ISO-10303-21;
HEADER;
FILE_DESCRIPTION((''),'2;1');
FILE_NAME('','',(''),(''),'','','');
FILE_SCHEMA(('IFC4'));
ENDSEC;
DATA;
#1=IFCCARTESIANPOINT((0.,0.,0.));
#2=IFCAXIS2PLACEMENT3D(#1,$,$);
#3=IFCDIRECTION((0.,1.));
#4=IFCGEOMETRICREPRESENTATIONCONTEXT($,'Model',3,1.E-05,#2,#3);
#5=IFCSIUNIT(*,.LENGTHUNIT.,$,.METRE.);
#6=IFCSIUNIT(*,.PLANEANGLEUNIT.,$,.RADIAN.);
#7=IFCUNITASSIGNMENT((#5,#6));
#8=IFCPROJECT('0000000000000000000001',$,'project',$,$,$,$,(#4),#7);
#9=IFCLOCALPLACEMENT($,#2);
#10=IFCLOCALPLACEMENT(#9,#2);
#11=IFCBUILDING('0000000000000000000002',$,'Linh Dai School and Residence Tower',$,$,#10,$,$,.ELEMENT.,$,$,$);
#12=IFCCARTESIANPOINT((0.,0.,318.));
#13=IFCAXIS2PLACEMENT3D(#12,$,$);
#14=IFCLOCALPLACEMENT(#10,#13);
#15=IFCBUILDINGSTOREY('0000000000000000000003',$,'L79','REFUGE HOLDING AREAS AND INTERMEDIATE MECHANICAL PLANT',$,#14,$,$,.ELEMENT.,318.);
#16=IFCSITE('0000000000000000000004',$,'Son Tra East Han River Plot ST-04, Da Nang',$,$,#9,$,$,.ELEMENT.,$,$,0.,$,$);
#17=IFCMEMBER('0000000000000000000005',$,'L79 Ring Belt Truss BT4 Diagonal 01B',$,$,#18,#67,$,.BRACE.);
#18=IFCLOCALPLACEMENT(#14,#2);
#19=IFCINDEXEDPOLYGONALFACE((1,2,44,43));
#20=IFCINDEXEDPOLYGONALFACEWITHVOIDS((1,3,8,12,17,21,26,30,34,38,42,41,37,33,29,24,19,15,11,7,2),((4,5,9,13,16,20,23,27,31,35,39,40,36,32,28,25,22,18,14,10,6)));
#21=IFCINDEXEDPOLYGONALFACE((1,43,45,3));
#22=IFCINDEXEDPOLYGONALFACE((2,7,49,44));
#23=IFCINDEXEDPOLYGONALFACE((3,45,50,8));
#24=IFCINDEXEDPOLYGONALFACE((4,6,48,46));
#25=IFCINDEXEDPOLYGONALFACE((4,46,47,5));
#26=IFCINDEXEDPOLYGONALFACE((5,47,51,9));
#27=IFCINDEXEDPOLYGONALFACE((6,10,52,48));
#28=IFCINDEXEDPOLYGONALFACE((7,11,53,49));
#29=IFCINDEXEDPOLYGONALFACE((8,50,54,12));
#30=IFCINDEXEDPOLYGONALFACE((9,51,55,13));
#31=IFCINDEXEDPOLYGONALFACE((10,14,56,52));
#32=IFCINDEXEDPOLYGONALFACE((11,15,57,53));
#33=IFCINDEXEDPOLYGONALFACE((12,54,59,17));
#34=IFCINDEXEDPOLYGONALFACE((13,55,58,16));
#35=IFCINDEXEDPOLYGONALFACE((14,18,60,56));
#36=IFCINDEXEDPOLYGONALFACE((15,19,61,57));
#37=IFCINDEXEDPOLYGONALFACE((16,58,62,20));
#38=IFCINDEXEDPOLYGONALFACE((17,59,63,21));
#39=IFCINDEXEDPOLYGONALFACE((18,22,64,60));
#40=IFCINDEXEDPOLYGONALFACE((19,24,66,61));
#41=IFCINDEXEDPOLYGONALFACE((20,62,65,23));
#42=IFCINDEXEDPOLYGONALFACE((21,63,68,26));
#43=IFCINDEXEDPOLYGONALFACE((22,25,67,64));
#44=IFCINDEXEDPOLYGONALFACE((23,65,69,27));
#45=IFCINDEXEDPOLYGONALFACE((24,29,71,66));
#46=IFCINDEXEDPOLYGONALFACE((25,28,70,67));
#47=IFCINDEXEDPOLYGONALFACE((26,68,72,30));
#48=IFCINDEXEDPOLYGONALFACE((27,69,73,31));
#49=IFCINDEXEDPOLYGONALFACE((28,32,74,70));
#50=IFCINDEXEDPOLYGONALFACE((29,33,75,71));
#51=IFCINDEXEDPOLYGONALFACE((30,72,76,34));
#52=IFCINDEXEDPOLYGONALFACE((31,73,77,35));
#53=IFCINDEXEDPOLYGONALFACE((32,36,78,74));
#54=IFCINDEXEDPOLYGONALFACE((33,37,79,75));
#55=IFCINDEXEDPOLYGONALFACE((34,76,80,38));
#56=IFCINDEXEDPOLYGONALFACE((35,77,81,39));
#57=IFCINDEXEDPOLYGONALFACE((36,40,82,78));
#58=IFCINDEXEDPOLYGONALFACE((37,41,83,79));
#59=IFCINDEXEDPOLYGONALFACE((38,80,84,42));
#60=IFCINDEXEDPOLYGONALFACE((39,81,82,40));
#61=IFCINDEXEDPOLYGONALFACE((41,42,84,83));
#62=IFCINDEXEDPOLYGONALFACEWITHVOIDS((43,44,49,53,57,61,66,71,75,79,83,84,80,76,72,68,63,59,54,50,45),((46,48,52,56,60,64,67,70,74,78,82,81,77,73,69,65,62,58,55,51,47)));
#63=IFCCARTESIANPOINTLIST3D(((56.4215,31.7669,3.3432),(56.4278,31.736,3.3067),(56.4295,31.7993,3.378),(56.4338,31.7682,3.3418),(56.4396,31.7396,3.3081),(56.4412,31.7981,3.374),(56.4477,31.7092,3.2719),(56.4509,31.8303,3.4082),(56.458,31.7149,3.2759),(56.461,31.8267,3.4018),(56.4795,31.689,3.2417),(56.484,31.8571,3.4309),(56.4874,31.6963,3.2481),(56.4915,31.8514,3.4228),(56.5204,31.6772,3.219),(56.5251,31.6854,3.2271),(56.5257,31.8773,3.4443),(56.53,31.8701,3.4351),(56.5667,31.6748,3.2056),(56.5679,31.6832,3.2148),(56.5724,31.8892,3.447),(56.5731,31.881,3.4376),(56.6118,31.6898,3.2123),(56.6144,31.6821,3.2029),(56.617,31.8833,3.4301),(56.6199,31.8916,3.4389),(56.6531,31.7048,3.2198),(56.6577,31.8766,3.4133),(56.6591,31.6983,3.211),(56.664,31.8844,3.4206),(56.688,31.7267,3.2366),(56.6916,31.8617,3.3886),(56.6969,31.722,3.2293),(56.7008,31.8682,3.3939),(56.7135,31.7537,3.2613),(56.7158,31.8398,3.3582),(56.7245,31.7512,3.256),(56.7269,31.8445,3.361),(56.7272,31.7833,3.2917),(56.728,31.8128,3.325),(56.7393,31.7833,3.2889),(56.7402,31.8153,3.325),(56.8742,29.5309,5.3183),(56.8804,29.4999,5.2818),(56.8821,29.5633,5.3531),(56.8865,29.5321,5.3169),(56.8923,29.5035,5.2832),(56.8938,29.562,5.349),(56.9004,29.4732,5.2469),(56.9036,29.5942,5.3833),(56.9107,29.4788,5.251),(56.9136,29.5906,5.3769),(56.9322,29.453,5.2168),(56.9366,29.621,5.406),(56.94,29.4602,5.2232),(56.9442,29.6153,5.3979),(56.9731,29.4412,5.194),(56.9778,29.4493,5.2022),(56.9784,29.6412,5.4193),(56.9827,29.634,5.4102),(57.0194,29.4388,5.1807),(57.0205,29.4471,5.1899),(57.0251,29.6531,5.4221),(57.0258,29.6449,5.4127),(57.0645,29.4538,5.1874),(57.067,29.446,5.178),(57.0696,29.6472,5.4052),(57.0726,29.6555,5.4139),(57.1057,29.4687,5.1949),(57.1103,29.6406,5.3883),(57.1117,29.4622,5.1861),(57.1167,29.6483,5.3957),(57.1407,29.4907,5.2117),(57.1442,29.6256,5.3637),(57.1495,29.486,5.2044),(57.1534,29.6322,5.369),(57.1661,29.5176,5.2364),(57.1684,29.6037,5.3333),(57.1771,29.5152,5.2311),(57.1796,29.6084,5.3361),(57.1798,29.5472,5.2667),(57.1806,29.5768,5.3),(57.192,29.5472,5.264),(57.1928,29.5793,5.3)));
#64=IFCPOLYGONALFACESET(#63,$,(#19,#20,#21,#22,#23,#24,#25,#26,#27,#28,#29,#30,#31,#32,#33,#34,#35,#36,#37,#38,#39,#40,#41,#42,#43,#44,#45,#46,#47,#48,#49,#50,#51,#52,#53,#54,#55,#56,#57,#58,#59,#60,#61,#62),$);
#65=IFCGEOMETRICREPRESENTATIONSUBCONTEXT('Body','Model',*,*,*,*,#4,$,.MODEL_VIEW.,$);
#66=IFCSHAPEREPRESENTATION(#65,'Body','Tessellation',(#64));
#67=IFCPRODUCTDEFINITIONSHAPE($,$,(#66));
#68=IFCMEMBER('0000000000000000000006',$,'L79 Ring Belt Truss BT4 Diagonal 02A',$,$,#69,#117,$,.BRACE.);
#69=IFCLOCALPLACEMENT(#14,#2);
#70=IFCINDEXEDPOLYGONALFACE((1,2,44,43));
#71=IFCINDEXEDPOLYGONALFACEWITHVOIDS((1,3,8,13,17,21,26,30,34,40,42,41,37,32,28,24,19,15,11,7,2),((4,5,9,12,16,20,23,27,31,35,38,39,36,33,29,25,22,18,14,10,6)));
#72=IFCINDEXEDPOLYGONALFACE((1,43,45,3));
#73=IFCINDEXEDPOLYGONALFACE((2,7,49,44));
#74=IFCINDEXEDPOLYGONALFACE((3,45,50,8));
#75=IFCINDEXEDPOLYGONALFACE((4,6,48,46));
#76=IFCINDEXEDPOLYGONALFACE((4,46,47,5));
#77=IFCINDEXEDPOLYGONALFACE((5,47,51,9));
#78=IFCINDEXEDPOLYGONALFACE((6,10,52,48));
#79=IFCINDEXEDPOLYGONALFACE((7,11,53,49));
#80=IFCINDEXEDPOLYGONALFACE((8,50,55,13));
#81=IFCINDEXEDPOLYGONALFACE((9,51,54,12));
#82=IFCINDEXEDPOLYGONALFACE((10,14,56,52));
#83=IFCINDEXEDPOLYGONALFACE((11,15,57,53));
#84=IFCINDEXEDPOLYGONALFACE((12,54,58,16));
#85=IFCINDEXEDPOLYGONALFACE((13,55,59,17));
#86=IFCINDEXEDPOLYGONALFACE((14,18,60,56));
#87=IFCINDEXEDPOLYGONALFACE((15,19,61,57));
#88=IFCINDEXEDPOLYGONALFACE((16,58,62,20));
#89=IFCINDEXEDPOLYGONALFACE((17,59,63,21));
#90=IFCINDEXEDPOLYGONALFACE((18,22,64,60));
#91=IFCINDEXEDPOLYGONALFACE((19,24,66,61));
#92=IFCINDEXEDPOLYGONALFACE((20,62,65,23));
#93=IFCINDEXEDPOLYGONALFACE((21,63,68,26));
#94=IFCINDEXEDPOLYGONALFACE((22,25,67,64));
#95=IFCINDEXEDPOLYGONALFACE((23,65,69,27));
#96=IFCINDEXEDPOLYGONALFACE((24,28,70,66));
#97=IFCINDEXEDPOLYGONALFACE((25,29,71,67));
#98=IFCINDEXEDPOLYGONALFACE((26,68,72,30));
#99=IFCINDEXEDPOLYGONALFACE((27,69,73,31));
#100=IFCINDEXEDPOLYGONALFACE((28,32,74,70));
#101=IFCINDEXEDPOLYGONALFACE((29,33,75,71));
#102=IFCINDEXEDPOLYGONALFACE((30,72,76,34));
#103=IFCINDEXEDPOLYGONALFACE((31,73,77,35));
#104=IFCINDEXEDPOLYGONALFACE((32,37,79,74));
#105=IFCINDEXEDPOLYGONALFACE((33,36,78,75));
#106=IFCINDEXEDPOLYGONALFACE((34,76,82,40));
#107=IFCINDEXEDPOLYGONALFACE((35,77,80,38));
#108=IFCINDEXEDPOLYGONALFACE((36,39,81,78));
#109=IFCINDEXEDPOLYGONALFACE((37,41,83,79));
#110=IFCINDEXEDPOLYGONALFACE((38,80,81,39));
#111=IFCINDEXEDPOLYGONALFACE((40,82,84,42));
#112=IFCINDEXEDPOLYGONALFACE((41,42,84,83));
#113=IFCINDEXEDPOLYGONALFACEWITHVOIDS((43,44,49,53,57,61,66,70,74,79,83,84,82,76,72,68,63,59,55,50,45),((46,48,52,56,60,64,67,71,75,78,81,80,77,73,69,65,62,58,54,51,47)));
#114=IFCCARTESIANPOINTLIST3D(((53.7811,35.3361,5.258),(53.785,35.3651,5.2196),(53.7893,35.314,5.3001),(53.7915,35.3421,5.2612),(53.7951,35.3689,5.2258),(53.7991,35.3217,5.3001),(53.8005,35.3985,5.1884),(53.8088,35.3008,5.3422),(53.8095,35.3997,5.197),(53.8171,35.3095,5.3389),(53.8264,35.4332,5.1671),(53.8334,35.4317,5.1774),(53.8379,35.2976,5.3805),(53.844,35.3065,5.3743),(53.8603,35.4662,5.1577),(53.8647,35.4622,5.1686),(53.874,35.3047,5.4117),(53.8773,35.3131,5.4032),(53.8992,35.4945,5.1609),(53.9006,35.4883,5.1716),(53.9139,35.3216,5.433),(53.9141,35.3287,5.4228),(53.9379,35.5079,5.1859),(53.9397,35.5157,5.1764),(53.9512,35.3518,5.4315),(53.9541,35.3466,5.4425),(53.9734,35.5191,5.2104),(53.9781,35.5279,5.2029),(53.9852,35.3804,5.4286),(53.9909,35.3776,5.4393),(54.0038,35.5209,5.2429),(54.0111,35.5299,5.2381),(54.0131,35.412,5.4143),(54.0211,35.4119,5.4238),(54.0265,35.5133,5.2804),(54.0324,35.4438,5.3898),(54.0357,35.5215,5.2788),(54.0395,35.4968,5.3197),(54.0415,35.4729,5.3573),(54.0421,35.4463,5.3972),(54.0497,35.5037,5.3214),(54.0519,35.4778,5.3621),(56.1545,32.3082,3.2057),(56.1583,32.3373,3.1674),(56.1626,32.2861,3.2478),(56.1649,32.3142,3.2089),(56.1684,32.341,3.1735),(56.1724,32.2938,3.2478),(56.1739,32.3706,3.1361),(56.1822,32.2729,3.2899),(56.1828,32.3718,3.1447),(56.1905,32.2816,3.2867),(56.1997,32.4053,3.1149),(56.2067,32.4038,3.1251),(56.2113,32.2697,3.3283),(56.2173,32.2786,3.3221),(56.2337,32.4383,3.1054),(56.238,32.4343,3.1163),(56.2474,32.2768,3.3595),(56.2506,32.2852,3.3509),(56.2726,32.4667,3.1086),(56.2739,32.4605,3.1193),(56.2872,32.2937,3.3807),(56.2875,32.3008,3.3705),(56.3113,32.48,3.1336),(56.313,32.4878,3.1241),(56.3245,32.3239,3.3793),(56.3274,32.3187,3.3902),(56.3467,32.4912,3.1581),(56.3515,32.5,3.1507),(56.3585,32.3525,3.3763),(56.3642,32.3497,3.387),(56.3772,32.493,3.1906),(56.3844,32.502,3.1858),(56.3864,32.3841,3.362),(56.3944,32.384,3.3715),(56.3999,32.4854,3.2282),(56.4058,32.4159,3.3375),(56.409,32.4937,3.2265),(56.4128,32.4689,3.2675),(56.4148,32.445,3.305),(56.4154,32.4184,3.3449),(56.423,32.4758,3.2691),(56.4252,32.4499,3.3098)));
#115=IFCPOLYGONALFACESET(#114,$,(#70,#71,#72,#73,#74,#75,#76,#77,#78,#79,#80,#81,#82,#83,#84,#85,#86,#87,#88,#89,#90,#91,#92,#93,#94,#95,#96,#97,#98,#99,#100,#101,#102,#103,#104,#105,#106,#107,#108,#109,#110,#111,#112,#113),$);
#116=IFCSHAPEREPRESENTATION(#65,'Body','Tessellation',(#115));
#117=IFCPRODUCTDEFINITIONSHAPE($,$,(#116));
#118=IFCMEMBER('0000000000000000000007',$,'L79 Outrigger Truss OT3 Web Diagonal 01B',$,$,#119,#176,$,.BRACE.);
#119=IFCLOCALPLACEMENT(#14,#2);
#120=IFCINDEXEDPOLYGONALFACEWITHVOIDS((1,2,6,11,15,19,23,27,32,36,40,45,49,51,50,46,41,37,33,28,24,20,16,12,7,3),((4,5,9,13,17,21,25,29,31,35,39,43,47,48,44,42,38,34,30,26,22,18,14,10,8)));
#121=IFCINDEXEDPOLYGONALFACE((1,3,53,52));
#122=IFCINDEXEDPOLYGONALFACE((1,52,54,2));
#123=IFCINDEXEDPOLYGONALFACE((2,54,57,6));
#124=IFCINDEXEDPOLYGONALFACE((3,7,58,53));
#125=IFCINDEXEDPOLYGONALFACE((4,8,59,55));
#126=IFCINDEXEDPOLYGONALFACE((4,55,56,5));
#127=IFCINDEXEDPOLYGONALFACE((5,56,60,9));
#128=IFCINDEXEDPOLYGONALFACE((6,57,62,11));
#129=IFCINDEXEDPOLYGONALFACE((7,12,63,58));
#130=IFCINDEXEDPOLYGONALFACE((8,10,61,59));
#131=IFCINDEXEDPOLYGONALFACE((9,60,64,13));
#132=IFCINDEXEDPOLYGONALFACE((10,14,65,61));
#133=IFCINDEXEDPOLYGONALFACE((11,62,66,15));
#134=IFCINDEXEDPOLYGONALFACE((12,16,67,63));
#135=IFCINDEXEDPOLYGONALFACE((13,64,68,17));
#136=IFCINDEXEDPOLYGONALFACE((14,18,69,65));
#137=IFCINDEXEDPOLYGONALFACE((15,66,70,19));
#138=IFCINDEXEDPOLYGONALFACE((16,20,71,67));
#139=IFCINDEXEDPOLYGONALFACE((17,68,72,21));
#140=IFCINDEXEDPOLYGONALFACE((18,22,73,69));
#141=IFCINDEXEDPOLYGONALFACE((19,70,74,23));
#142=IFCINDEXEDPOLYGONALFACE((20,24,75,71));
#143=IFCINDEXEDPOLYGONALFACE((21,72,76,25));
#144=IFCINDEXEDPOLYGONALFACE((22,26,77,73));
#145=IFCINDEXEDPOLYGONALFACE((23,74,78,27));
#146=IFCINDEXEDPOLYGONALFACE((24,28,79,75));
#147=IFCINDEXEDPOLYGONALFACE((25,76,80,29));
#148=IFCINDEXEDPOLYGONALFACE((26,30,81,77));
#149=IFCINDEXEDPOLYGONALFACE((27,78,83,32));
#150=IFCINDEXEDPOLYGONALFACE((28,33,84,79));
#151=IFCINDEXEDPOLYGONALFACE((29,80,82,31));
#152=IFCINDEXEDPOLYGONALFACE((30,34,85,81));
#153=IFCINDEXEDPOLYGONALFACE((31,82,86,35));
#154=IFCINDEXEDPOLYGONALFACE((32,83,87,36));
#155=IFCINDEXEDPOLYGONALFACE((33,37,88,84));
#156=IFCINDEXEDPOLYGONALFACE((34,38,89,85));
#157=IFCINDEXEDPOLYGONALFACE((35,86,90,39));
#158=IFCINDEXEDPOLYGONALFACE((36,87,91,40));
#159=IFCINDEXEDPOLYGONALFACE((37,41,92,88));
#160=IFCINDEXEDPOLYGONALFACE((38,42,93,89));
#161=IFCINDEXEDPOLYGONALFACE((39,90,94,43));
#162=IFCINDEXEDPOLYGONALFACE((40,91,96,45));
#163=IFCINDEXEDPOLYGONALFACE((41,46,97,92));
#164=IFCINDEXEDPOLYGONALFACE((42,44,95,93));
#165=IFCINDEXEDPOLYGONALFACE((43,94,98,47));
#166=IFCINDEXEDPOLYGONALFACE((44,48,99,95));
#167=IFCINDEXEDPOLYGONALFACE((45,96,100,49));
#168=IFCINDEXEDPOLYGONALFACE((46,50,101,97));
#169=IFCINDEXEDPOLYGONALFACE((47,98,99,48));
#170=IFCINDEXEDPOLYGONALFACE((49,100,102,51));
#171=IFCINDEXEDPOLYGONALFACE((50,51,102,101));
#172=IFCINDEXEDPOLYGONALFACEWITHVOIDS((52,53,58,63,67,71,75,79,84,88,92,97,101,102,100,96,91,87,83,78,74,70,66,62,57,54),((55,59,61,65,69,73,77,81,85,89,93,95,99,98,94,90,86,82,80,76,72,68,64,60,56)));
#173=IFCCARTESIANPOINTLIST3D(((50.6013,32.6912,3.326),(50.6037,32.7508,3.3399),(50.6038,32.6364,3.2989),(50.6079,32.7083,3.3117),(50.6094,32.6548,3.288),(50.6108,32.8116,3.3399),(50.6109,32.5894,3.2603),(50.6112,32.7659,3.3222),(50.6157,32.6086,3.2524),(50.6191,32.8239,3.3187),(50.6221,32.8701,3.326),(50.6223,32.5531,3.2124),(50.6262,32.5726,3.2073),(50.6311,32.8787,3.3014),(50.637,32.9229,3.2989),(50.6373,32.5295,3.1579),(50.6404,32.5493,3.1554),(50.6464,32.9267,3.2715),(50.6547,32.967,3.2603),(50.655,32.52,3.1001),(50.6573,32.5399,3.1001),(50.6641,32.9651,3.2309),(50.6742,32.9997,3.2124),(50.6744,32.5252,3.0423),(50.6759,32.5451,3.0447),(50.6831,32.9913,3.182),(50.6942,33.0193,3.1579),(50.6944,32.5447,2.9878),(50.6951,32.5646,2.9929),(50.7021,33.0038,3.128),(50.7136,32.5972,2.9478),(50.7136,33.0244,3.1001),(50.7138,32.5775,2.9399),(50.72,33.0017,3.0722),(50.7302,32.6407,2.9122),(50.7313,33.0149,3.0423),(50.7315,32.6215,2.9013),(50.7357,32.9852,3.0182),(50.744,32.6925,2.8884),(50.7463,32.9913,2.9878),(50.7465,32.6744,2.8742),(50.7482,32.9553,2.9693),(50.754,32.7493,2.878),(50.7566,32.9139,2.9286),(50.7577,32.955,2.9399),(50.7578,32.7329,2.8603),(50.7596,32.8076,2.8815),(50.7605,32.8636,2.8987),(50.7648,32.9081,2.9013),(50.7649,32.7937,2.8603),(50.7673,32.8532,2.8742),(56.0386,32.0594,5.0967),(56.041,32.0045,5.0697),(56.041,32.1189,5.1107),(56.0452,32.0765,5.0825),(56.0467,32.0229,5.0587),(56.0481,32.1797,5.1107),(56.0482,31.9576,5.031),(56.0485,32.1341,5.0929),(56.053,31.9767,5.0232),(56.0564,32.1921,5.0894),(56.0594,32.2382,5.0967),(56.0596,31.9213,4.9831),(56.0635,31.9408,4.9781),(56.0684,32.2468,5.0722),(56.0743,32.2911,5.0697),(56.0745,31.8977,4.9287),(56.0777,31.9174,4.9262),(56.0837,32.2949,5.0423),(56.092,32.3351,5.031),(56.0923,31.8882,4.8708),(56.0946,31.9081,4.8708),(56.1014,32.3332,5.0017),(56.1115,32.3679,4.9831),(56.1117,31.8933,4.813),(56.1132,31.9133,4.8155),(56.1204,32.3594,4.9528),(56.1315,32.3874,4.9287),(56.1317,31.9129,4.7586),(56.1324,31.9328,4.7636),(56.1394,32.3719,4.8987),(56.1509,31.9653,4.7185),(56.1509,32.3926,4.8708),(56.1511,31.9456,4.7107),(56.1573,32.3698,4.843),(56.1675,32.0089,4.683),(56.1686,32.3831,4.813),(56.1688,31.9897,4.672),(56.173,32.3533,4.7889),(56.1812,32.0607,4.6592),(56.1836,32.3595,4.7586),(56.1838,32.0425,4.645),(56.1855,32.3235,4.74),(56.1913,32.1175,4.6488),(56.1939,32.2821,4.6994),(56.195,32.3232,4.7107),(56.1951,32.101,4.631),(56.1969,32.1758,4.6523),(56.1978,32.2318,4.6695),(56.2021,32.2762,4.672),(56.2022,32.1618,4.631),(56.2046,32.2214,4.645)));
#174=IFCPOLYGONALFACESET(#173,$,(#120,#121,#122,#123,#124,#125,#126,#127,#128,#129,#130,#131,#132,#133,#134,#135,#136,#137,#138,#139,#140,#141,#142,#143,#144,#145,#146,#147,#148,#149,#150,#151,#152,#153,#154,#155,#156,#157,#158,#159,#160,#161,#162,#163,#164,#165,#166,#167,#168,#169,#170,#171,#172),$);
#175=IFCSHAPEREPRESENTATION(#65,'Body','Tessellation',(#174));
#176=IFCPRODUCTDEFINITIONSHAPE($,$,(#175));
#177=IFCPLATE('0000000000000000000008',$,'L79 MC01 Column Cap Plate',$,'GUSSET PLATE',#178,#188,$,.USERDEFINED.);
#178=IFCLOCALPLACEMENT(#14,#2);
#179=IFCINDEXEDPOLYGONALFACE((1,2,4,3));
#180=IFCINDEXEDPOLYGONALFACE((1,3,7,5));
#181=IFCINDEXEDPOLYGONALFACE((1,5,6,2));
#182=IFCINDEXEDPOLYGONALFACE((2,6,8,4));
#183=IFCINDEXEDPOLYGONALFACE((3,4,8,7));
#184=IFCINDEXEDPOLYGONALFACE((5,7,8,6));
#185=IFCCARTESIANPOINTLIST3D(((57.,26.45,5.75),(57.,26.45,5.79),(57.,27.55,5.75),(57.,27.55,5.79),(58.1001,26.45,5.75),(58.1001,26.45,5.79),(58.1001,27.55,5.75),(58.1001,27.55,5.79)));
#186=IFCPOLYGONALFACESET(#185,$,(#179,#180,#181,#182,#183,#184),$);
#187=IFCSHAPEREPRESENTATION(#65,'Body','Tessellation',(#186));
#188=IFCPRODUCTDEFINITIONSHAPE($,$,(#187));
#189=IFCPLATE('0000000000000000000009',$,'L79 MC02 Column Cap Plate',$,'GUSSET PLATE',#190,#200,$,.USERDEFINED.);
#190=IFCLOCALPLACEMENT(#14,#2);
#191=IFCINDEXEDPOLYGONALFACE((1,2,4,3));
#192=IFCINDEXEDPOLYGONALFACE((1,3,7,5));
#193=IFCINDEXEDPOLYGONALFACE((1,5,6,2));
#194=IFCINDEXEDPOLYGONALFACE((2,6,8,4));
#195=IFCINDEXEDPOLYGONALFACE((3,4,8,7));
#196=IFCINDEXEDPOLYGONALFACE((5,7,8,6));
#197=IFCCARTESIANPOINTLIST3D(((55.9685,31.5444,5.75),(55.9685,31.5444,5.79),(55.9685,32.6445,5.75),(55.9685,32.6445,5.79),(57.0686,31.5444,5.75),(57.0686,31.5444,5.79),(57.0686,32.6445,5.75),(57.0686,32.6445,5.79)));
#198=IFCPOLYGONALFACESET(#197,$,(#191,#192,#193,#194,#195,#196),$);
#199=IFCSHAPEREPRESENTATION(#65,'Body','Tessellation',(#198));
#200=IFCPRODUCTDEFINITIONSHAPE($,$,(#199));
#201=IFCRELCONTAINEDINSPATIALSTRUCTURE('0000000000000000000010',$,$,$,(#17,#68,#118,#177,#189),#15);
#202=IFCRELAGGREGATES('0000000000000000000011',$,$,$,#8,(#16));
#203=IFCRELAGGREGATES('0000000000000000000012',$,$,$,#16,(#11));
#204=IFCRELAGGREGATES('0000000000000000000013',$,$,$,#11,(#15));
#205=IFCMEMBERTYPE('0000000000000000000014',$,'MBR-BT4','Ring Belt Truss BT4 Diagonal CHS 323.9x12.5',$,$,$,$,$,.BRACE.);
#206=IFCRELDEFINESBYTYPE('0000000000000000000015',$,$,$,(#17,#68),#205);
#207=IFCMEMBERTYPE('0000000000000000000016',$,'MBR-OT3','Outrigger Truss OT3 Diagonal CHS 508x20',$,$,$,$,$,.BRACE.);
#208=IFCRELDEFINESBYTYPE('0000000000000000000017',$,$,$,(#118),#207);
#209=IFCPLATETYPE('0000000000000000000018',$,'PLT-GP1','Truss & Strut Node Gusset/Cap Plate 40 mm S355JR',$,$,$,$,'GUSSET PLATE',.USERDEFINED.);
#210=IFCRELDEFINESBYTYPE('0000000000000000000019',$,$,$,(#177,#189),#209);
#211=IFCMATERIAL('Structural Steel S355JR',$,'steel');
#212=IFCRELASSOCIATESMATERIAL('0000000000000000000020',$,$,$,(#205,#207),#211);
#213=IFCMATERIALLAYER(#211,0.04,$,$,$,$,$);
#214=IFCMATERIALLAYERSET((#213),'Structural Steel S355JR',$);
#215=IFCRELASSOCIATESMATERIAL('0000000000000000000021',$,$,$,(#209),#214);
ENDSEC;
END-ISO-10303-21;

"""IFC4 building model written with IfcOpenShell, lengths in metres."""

from ifc_helpers import new_model, si_unit, direction, frame, origin, origin_2d, place, context, subcontext, project, spatial, rectangle, hollow_circle, extrude, source, transform, mapped, material, layer, layer_set, material_profile, profile_set, type_object, element, save


model = new_model("IFC4")

# Units and contexts
model_context = context("Model", 3, precision=1e-05, world=origin(), true_north=direction((0.0, 1.0)))
body_context = subcontext(model_context, "Body", "Model", "MODEL_VIEW")
ifc_project = project(units=[si_unit("LENGTHUNIT", "METRE"), si_unit("PLANEANGLEUNIT", "RADIAN")], contexts=[model_context])

# Site, building, storey
site_placement = place(None, origin())
site = spatial("IfcSite", under=ifc_project, at=site_placement, Name="Son Tra East Han River Plot ST-04, Da Nang", CompositionType="ELEMENT", RefElevation=0.0)
building_placement = place(site_placement, origin())
building = spatial("IfcBuilding", under=site, at=building_placement, Name="Linh Dai School and Residence Tower", CompositionType="ELEMENT")
storey_placement = place(building_placement, frame((0.0, 0.0, 318.0)))
storey = spatial("IfcBuildingStorey", under=building, at=storey_placement, Name="L79", Description="REFUGE HOLDING AREAS AND INTERMEDIATE MECHANICAL PLANT", CompositionType="ELEMENT", Elevation=318.0)

# Shared definitions
ifc_material_1 = material(Name="Structural Steel S355JR", Category="steel")

# Members
ifc_material_profile_1 = material_profile(ifc_material_1, hollow_circle(Radius=0.1619, WallThickness=0.0125, at=origin_2d()), Name="CHS 323.9x12.5")
ifc_profile_set_1 = profile_set([ifc_material_profile_1], Name="Structural Steel S355JR")
member_type_1 = type_object("IfcMemberType", Name="MBR-BT4", Description="Ring Belt Truss BT4 Diagonal CHS 323.9x12.5", PredefinedType="BRACE", material=ifc_profile_set_1)
for number, where, z_axis, x_axis, name in (
    (1, (56.5815, 31.7832, 3.325), (0.149998, -0.741012, 0.654524), (0.980121, 0.1984, 0.0), "L79 Ring Belt Truss BT4 Diagonal 01B"),
):
    element("IfcMember", number, at=place(storey_placement, frame(where, z_axis=z_axis, x_axis=x_axis)), inside=storey, type_object=member_type_1, Name=name, PredefinedType="BRACE", context=body_context, shape_type="SweptSolid", body=[
        extrude(hollow_circle(Radius=0.1619, WallThickness=0.0125, at=origin_2d()), origin(), (0.0, 0.0, 1.0), 3.0176),
    ])
member_1_placement = place(storey_placement, frame((56.29, 32.386, 3.2478), z_axis=(-0.544299, 0.694413, 0.470669), x_axis=(-0.78704, -0.616902, 0.0)))
element("IfcMember", 2, at=member_1_placement, inside=storey, type_object=member_type_1, Name="L79 Ring Belt Truss BT4 Diagonal 02A", PredefinedType="BRACE", context=body_context, shape_type="SweptSolid", body=[
    extrude(hollow_circle(Radius=0.1619, WallThickness=0.0125, at=origin_2d()), origin(), (0.0, 0.0, 1.0), 4.3604),
])
ifc_material_profile_2 = material_profile(ifc_material_1, hollow_circle(Radius=0.2539, WallThickness=0.02, at=origin_2d()), Name="CHS 508x20")
ifc_profile_set_2 = profile_set([ifc_material_profile_2], Name="Structural Steel S355JR")
member_type_2 = type_object("IfcMemberType", Name="MBR-OT3", Description="Outrigger Truss OT3 Diagonal CHS 508x20", PredefinedType="BRACE", material=ifc_profile_set_2)
member_2_placement = place(storey_placement, frame((56.1216, 32.1404, 4.8708), z_axis=(-0.945095, 0.109825, -0.307789), x_axis=(-0.115428, -0.993316, 0.0)))
element("IfcMember", 3, at=member_2_placement, inside=storey, type_object=member_type_2, Name="L79 Outrigger Truss OT3 Web Diagonal 01B", PredefinedType="BRACE", context=body_context, shape_type="SweptSolid", body=[
    extrude(hollow_circle(Radius=0.2539, WallThickness=0.02, at=origin_2d()), origin(), (0.0, 0.0, 1.0), 5.7532),
])

# Plates
ifc_layer_1 = layer(ifc_material_1, 0.04)
ifc_layer_set_1 = layer_set([ifc_layer_1], Name="Structural Steel S355JR")
plate_type = type_object("IfcPlateType", Name="PLT-GP1", Description="Truss & Strut Node Gusset/Cap Plate 40 mm S355JR", ElementType="GUSSET PLATE", PredefinedType="USERDEFINED", material=ifc_layer_set_1)
shared_shape_1 = source(origin(), body_context, "Body", "SweptSolid", [
    extrude(rectangle(XDim=1.1001, YDim=1.1001, at=origin_2d()), origin(), (0.0, 0.0, 1.0), 0.04),
])
for number, where, z_axis, x_axis, name in (
    (4, (57.55, 27.0, 5.75), (0.0, 0.0, 1.0), (1.0, 0.0, 0.0), "L79 MC01 Column Cap Plate"),
    (5, (56.5186, 32.0945, 5.75), (0.0, 0.0, 1.0), (1.0, 0.0, 0.0), "L79 MC02 Column Cap Plate"),
):
    element("IfcPlate", number, at=place(storey_placement, frame(where, z_axis=z_axis, x_axis=x_axis)), inside=storey, type_object=plate_type, Name=name, ObjectType="GUSSET PLATE", PredefinedType="USERDEFINED", context=body_context, shape_type="MappedRepresentation", body=[
        mapped(shared_shape_1, transform((0.0, 0.0, 0.0), x_axis=(1.0, 0.0, 0.0), y_axis=(0.0, 1.0, 0.0), z_axis=(0.0, 0.0, 1.0), scale=1.0)),
    ])

save(model, "model.ifc")
